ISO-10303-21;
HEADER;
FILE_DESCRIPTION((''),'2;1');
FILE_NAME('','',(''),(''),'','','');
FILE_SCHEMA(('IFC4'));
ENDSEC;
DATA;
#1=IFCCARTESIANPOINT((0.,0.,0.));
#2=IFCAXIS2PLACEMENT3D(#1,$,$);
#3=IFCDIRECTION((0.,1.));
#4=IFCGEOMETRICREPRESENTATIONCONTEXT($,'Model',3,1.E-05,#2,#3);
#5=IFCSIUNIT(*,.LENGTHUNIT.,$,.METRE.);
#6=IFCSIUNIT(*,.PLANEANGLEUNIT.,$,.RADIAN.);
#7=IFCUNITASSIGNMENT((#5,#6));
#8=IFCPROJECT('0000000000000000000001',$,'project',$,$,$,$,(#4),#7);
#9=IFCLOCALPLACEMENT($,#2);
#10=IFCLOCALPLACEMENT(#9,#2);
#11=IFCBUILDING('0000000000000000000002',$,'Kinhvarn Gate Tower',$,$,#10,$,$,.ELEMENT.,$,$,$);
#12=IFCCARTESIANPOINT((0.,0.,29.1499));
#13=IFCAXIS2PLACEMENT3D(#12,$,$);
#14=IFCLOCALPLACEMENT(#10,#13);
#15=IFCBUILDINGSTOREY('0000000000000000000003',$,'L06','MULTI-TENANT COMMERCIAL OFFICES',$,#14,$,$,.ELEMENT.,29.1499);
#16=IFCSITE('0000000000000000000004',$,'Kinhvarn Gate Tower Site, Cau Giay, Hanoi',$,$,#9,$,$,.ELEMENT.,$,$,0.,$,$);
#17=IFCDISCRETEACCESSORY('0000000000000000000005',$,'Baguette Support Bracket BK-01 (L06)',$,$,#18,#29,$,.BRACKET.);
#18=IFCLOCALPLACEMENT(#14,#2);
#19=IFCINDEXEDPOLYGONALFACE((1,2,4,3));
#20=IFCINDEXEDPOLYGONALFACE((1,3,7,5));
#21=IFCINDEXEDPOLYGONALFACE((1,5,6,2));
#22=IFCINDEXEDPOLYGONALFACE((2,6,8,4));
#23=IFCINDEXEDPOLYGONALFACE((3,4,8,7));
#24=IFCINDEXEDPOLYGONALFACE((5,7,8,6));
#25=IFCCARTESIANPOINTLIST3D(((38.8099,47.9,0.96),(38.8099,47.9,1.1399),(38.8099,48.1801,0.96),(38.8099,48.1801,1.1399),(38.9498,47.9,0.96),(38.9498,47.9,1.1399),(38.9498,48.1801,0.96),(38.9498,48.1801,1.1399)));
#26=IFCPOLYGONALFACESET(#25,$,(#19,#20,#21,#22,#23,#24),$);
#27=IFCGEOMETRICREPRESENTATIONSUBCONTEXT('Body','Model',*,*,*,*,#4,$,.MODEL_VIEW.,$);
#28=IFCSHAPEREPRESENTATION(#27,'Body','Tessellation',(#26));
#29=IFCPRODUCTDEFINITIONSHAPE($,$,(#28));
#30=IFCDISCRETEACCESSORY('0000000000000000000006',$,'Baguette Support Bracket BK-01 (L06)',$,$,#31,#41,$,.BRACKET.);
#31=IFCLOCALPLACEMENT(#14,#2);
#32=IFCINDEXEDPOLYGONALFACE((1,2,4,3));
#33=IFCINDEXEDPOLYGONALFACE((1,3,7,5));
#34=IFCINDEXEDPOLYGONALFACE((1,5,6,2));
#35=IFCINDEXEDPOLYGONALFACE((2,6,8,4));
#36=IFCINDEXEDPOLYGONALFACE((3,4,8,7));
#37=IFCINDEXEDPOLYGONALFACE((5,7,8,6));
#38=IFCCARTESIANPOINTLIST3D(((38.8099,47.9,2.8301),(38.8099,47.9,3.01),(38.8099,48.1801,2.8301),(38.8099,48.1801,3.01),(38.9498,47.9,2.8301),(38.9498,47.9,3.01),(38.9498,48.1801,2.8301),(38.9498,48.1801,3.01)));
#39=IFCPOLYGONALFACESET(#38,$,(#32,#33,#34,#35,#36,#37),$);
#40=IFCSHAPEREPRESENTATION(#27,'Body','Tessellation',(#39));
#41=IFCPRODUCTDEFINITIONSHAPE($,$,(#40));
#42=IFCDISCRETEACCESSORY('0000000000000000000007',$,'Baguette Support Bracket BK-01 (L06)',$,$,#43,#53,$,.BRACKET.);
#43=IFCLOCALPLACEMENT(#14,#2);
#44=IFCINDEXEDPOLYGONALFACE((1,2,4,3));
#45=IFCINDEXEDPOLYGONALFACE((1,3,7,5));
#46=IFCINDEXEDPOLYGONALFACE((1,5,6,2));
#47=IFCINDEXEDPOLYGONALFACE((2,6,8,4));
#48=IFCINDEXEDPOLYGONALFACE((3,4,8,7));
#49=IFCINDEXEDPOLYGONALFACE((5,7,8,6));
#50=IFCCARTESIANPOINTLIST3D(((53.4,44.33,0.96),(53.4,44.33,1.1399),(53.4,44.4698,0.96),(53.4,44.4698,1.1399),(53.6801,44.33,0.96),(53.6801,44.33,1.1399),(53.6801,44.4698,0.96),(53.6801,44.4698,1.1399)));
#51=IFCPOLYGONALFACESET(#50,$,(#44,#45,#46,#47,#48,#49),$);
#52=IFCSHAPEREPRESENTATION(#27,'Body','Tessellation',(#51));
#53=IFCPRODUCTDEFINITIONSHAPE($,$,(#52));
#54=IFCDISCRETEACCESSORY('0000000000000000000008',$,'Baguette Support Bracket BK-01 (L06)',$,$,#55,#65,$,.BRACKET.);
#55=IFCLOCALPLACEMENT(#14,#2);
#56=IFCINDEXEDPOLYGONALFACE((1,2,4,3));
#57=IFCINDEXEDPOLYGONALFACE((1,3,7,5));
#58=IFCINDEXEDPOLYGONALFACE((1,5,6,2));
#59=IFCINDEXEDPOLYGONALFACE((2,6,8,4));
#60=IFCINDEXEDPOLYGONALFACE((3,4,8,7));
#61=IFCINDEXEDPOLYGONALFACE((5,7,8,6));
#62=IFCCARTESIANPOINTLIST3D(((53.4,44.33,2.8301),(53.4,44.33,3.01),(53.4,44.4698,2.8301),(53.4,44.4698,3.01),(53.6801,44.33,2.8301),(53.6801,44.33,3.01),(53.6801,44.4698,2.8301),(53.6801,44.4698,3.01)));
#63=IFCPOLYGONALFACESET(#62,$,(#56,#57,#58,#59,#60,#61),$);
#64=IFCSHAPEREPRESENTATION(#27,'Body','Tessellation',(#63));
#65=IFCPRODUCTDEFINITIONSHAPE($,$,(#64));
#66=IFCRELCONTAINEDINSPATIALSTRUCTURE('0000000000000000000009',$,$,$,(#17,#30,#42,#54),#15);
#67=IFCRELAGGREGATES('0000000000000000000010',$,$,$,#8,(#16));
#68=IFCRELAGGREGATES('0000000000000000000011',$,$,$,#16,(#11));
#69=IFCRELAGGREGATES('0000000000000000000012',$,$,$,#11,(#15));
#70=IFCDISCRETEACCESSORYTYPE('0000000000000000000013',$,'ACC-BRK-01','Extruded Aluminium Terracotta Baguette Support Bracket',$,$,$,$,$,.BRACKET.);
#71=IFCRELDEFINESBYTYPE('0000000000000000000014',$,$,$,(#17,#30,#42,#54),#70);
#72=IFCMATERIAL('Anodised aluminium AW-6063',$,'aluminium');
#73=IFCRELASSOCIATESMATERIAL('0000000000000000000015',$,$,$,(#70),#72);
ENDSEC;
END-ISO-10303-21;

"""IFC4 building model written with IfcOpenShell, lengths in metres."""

from ifc_helpers import new_model, si_unit, direction, frame, origin, origin_2d, place, context, subcontext, project, spatial, rectangle, extrude, material, type_object, element, save


model = new_model("IFC4")

# Units and contexts
model_context = context("Model", 3, precision=1e-05, world=origin(), true_north=direction((0.0, 1.0)))
body_context = subcontext(model_context, "Body", "Model", "MODEL_VIEW")
ifc_project = project(units=[si_unit("LENGTHUNIT", "METRE"), si_unit("PLANEANGLEUNIT", "RADIAN")], contexts=[model_context])

# Site, building, storey
site_placement = place(None, origin())
site = spatial("IfcSite", under=ifc_project, at=site_placement, Name="Kinhvarn Gate Tower Site, Cau Giay, Hanoi", CompositionType="ELEMENT", RefElevation=0.0)
building_placement = place(site_placement, origin())
building = spatial("IfcBuilding", under=site, at=building_placement, Name="Kinhvarn Gate Tower", CompositionType="ELEMENT")
storey_placement = place(building_placement, frame((0.0, 0.0, 29.1499)))
storey = spatial("IfcBuildingStorey", under=building, at=storey_placement, Name="L06", Description="MULTI-TENANT COMMERCIAL OFFICES", CompositionType="ELEMENT", Elevation=29.1499)

# Shared definitions
ifc_material_1 = material(Name="Anodised aluminium AW-6063", Category="aluminium")

# Discrete accessories
discrete_accessory_type = type_object("IfcDiscreteAccessoryType", Name="ACC-BRK-01", Description="Extruded Aluminium Terracotta Baguette Support Bracket", PredefinedType="BRACKET", material=ifc_material_1)
for number, where, z_axis, x_axis, name in (
    (1, (38.8799, 48.04, 0.96), (0.0, 0.0, 1.0), (-1.0, 0.0, 0.0), "Baguette Support Bracket BK-01 (L06)"),
    (2, (38.8799, 48.04, 2.8301), (0.0, 0.0, 1.0), (-1.0, 0.0, 0.0), "Baguette Support Bracket BK-01 (L06)"),
    (3, (53.54, 44.3999, 0.96), (0.0, 0.0, 1.0), (0.0, 1.0, 0.0), "Baguette Support Bracket BK-01 (L06)"),
    (4, (53.54, 44.3999, 2.8301), (0.0, 0.0, 1.0), (0.0, 1.0, 0.0), "Baguette Support Bracket BK-01 (L06)"),
):
    element("IfcDiscreteAccessory", number, at=place(storey_placement, frame(where, z_axis=z_axis, x_axis=x_axis)), inside=storey, type_object=discrete_accessory_type, Name=name, PredefinedType="BRACKET", context=body_context, shape_type="SweptSolid", body=[
        extrude(rectangle(XDim=0.1399, YDim=0.28, at=origin_2d()), origin(), (0.0, 0.0, 1.0), 0.1799),
    ])

save(model, "model.ifc")
